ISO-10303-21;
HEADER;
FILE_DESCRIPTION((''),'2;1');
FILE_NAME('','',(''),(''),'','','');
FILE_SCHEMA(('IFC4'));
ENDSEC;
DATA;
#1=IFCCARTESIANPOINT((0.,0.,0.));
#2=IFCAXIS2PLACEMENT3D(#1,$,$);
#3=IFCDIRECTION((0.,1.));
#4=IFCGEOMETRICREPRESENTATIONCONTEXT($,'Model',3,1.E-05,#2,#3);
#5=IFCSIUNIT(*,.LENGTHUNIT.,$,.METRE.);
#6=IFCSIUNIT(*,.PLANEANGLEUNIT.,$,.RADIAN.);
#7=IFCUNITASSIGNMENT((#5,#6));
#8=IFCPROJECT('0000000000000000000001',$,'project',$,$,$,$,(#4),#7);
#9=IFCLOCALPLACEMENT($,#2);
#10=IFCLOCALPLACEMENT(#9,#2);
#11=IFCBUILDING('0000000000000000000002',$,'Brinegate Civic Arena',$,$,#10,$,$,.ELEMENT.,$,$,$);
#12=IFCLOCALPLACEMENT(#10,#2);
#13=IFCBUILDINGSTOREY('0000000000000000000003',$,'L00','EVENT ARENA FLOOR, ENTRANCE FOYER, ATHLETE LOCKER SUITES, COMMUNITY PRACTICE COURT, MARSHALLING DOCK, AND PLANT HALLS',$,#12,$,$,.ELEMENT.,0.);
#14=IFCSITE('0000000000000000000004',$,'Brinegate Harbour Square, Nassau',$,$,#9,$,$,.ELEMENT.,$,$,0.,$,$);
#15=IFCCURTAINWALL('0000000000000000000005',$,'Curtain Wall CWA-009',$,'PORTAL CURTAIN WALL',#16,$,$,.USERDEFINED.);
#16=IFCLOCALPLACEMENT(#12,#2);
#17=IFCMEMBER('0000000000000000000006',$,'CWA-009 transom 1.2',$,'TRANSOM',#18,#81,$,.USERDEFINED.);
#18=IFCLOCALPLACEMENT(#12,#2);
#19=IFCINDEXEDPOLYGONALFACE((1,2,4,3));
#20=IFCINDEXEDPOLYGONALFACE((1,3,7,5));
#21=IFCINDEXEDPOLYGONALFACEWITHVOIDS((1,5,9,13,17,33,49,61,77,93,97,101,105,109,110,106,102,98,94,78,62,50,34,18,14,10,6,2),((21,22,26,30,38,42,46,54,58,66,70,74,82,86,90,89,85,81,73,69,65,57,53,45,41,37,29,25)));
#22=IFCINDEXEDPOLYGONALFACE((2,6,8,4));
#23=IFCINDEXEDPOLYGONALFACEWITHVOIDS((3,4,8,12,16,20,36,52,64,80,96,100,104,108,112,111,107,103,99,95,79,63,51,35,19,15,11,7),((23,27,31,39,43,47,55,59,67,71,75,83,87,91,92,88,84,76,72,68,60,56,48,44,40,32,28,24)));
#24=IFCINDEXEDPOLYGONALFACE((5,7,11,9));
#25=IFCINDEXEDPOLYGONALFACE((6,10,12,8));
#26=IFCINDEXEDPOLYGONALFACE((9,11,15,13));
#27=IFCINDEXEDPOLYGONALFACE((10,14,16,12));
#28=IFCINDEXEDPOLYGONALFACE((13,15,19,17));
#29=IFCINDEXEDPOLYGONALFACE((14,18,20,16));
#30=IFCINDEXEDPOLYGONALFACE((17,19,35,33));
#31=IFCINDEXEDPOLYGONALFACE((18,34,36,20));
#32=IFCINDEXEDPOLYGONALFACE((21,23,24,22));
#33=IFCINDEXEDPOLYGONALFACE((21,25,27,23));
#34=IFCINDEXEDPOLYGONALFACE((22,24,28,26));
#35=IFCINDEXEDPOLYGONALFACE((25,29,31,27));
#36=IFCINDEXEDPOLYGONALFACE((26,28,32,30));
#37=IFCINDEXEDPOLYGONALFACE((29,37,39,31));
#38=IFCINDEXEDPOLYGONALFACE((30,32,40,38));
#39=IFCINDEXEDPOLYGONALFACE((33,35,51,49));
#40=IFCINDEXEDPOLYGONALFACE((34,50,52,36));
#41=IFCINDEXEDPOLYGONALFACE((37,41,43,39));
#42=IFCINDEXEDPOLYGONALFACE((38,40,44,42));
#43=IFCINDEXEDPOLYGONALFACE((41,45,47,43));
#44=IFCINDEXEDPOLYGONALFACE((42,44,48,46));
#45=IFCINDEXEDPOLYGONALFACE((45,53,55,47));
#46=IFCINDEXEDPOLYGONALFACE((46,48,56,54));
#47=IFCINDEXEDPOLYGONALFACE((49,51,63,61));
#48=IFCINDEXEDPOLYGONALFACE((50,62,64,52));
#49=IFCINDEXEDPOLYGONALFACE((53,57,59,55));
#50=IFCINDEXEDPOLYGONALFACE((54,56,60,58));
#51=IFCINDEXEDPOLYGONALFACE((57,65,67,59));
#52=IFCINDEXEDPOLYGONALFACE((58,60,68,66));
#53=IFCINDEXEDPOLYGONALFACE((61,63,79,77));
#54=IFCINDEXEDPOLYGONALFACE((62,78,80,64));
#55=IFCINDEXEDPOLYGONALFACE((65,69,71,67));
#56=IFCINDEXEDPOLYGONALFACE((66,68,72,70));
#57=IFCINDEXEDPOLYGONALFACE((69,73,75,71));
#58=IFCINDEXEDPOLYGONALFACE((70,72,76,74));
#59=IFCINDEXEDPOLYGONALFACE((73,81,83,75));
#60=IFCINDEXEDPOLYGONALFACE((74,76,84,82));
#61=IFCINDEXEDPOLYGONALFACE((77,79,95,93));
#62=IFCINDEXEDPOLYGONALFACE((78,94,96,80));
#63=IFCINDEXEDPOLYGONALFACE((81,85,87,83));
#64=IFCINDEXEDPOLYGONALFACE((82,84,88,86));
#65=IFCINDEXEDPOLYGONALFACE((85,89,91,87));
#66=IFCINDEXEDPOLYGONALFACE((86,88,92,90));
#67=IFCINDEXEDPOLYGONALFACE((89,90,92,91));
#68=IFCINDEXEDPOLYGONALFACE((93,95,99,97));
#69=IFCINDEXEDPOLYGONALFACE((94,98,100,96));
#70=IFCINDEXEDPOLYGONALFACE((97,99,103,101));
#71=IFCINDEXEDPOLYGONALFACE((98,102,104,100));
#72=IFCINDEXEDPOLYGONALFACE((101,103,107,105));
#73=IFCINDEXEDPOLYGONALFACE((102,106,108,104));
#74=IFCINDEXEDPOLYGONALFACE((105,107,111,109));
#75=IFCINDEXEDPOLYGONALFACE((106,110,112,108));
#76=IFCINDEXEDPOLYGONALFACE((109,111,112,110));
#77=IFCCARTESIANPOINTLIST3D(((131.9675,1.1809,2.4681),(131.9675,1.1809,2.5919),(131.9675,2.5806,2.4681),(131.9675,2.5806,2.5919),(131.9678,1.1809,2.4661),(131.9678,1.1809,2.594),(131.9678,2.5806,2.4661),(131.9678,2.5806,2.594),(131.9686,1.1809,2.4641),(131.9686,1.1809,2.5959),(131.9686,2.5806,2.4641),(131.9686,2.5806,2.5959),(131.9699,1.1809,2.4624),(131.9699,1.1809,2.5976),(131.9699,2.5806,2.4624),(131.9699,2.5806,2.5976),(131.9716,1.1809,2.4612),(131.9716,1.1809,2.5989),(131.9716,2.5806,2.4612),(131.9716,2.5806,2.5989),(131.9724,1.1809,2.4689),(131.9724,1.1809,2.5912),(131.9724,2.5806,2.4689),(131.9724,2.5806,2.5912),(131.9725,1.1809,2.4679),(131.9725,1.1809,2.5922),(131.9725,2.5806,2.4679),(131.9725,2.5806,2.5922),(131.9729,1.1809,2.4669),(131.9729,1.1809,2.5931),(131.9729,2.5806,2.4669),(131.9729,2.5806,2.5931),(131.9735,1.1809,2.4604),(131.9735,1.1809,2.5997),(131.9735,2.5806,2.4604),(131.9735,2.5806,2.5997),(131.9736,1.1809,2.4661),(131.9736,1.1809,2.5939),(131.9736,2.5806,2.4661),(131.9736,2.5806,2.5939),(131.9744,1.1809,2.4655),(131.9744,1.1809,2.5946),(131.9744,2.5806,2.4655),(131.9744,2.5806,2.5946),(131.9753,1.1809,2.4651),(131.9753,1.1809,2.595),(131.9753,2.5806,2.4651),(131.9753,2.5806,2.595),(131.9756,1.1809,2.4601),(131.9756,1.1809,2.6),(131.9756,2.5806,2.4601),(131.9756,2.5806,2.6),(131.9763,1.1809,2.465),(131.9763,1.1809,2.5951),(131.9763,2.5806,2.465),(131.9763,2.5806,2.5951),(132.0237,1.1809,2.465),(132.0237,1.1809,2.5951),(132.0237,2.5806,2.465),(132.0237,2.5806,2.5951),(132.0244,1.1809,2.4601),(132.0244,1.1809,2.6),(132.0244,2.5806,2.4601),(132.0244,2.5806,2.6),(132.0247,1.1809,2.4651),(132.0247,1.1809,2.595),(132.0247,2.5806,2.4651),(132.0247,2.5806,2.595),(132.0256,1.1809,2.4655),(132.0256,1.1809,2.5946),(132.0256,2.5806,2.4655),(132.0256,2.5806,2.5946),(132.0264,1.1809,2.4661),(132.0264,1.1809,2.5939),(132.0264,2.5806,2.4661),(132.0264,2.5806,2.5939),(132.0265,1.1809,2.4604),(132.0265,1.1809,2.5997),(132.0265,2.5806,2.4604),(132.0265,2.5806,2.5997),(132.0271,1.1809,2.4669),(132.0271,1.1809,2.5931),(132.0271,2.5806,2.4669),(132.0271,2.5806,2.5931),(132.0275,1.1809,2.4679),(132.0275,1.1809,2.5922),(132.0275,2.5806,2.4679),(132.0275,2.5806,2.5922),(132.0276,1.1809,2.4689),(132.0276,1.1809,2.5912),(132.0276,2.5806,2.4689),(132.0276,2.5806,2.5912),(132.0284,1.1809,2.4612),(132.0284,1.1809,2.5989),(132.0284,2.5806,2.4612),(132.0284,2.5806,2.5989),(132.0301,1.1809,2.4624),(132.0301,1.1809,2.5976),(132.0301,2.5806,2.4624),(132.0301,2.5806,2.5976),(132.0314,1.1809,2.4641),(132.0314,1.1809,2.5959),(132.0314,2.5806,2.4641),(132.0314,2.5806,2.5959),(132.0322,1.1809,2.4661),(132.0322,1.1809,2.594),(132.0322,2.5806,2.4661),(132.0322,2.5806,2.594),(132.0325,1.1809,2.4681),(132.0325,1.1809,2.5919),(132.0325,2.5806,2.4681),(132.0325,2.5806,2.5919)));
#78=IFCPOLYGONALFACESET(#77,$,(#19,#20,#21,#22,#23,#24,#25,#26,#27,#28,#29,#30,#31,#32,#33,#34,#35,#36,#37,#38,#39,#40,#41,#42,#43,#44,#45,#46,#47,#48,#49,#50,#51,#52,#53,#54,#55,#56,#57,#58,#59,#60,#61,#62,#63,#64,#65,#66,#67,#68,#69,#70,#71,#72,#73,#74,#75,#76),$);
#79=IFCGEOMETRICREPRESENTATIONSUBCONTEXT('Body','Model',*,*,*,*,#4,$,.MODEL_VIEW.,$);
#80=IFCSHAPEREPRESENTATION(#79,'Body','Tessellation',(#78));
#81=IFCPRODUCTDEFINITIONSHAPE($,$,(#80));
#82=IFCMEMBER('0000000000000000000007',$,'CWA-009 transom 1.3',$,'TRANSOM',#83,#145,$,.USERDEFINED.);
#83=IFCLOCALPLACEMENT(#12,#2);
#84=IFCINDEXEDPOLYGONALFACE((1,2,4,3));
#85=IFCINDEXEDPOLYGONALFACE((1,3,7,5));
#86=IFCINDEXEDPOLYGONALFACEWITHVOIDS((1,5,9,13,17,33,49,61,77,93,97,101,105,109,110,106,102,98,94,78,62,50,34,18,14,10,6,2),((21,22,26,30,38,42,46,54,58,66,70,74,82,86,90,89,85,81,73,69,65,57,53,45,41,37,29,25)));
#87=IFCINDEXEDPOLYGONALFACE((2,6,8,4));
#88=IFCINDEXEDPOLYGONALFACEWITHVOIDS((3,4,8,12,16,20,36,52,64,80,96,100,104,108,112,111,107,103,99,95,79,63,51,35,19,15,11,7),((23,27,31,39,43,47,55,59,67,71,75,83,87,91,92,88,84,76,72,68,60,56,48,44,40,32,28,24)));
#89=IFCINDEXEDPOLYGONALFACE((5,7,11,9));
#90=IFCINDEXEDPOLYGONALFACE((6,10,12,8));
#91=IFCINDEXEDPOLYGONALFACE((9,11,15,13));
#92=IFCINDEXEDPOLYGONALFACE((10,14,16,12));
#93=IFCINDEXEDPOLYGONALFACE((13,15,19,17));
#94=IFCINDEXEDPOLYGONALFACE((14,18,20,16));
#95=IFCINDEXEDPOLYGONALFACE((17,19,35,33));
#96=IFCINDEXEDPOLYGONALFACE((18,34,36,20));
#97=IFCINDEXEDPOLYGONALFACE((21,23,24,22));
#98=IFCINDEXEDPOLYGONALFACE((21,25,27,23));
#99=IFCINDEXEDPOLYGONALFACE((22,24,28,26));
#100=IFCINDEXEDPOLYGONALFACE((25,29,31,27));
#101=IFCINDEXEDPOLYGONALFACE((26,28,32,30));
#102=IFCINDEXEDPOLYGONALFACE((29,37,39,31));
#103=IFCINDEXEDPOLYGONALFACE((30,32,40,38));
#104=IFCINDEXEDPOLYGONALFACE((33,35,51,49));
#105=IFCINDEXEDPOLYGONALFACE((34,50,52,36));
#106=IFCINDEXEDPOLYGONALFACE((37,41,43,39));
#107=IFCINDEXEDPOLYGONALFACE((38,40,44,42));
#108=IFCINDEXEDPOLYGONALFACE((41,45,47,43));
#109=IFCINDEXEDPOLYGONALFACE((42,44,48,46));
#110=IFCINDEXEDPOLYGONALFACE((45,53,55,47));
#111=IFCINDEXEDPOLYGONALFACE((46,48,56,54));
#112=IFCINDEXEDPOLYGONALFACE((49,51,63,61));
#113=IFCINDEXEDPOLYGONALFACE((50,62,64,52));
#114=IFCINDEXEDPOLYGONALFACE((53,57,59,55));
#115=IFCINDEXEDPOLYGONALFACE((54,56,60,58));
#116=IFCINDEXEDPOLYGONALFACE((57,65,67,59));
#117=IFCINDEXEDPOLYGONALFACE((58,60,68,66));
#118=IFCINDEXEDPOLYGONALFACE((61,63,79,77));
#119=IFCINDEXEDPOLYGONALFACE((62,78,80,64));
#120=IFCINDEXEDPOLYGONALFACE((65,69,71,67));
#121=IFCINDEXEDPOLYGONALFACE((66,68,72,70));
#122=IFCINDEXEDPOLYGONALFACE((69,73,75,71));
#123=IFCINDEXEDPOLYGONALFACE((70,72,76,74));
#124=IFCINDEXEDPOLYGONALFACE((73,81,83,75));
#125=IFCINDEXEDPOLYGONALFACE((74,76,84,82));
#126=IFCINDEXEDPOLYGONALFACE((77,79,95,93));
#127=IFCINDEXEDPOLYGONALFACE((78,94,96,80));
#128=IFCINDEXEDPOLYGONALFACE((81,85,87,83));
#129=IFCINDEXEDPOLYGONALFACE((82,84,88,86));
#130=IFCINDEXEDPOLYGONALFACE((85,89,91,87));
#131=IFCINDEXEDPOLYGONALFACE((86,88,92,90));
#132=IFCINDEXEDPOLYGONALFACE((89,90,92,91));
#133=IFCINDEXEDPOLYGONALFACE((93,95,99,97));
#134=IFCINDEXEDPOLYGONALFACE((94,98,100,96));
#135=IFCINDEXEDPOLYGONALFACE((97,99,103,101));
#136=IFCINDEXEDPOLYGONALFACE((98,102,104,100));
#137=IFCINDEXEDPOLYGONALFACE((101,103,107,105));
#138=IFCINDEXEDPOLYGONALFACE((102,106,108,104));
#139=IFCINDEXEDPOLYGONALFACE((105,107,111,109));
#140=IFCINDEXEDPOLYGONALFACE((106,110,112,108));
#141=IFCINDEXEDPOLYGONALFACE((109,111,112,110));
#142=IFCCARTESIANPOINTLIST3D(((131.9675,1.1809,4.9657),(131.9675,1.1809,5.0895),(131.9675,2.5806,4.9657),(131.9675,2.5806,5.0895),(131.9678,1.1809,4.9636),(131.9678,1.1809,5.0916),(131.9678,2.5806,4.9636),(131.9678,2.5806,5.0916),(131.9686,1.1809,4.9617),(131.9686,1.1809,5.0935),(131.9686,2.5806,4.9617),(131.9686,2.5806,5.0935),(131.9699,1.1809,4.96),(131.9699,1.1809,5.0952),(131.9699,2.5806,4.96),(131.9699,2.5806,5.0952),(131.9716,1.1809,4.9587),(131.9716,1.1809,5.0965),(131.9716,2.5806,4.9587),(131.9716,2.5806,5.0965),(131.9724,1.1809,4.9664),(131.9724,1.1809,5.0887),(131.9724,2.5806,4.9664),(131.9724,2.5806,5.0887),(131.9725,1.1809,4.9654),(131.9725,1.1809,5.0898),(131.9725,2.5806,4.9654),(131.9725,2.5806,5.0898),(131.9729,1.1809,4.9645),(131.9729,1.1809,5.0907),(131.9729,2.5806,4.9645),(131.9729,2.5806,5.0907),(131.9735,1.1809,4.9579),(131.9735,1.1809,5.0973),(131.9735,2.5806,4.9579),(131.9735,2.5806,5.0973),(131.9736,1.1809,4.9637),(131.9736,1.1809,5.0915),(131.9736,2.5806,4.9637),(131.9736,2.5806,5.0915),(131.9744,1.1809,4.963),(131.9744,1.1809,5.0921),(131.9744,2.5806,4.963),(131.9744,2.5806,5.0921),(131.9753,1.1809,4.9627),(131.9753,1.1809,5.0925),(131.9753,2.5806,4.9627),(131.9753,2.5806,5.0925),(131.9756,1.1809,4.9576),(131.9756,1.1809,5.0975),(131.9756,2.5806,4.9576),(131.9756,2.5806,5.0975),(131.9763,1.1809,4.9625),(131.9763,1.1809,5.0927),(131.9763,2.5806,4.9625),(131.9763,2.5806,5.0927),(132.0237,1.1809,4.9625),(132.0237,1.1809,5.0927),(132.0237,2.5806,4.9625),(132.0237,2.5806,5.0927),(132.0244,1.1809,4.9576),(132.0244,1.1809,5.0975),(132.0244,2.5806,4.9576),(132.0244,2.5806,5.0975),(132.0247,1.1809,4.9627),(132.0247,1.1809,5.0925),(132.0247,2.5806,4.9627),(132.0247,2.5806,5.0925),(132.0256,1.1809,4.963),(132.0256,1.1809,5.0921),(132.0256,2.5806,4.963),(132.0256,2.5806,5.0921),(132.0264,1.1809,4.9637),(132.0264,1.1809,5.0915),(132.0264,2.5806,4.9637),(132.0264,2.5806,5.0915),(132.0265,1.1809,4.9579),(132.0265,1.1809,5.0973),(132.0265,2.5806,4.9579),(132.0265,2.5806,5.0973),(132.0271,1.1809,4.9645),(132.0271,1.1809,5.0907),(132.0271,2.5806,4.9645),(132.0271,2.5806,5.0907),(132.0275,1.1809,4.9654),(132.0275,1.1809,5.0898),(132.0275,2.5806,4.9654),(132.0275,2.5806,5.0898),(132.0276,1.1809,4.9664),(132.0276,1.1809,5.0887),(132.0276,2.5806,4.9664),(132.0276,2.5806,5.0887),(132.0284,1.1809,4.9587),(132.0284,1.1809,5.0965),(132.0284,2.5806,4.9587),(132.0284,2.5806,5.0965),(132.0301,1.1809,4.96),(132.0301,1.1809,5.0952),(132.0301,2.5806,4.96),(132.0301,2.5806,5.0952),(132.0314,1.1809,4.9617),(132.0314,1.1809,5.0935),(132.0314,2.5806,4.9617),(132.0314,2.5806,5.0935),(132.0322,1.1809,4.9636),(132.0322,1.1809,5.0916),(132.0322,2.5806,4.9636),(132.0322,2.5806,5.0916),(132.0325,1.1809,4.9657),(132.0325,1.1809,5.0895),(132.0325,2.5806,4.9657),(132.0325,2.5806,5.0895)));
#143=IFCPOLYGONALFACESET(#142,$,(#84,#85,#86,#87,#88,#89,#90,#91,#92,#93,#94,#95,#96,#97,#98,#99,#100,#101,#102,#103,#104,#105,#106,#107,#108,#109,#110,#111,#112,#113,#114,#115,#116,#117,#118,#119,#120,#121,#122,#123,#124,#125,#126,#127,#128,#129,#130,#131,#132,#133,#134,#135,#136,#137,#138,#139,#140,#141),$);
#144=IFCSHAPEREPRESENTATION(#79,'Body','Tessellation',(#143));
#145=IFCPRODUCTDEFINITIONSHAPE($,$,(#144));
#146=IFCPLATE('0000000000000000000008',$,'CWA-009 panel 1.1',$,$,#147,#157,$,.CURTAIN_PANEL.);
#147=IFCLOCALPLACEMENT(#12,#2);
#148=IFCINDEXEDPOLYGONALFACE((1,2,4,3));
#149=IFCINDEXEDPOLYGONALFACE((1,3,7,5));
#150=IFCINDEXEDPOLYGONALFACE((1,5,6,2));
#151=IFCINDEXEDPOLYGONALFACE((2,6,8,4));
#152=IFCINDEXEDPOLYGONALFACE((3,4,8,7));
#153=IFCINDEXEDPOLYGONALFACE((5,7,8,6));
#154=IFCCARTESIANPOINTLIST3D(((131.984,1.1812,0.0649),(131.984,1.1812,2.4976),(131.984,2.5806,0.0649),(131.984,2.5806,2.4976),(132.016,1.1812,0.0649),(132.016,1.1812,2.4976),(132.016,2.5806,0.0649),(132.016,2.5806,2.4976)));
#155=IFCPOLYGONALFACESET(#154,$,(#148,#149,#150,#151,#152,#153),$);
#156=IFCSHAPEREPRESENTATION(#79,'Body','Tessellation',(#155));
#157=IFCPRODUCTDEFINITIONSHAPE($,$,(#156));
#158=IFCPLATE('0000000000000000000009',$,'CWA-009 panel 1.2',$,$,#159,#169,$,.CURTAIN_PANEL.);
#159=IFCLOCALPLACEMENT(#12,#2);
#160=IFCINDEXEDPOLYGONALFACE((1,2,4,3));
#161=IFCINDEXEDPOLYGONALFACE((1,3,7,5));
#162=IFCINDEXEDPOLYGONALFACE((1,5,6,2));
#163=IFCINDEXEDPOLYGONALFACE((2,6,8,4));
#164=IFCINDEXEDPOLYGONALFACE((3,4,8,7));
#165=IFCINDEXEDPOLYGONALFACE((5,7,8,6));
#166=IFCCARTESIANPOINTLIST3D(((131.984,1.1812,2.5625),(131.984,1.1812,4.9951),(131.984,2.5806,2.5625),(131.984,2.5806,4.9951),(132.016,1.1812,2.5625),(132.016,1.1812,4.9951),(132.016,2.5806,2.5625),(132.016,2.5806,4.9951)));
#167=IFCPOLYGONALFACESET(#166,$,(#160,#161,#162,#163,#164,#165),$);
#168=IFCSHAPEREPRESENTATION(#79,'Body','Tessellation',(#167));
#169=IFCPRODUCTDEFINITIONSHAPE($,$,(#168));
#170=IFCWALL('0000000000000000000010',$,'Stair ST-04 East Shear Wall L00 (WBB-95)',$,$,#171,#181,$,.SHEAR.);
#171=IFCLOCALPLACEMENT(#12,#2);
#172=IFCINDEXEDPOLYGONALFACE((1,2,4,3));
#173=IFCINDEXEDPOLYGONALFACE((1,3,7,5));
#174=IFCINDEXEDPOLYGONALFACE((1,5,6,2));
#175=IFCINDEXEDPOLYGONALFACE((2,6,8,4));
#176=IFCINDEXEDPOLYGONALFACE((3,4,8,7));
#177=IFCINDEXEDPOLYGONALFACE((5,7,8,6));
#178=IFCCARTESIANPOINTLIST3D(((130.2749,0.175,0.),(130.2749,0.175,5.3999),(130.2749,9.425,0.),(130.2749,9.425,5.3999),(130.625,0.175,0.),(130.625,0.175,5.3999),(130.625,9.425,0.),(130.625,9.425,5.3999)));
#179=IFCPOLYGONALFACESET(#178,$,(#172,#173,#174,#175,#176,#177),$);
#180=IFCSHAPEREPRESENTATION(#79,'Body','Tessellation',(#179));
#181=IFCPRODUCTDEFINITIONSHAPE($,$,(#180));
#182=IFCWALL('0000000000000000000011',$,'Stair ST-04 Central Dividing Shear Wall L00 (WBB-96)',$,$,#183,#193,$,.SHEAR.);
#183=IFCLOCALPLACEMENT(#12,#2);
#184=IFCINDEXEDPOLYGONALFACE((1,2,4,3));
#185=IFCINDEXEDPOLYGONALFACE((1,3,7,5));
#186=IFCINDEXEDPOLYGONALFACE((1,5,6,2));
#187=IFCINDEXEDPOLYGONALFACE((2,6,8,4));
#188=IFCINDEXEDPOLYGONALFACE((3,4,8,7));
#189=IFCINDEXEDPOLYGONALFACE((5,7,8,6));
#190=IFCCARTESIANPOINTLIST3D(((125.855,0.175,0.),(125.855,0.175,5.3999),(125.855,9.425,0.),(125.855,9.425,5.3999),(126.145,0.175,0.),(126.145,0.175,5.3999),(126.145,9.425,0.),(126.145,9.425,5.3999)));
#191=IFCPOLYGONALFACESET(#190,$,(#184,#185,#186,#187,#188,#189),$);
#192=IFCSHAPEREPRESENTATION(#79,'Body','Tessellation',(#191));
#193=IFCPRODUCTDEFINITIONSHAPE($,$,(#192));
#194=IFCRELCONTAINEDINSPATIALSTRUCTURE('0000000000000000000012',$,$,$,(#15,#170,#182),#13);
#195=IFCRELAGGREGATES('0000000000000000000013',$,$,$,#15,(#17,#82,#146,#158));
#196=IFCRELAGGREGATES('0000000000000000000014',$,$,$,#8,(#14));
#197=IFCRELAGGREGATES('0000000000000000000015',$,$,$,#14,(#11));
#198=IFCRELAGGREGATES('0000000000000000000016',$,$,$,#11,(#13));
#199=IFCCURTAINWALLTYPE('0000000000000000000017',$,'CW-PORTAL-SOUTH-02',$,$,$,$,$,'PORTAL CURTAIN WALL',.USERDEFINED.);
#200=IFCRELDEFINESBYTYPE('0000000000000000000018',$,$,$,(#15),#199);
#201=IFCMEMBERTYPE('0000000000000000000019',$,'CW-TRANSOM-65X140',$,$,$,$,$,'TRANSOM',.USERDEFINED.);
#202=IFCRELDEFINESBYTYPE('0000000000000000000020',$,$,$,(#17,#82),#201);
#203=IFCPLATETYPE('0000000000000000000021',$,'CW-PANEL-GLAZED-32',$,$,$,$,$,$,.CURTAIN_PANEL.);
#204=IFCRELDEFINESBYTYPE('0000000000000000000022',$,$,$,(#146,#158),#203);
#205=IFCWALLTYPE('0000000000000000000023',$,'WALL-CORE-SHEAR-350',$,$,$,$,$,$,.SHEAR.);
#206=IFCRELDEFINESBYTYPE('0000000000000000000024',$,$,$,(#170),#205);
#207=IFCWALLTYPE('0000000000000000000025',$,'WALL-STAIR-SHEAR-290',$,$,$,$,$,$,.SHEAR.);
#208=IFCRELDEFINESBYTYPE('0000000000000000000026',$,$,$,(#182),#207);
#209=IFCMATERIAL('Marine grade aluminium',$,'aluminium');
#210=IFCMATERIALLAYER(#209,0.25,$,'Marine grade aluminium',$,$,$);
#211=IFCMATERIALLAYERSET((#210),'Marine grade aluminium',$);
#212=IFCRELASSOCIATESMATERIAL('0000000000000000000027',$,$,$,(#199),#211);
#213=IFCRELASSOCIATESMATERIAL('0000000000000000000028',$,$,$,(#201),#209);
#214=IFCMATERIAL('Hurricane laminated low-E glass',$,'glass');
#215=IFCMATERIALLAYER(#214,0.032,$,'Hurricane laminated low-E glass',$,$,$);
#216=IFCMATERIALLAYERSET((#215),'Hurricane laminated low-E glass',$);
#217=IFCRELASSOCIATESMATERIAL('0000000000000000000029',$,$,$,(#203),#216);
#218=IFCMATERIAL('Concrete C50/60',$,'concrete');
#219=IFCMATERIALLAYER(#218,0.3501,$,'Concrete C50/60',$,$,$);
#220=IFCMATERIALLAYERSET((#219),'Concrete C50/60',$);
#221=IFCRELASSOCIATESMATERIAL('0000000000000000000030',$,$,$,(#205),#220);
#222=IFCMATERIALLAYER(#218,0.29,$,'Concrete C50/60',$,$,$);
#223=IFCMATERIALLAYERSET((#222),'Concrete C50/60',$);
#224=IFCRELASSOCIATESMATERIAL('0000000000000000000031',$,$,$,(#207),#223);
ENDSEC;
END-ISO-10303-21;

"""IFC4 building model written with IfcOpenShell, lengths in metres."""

from ifc_helpers import new_model, si_unit, direction, frame, frame_2d, origin, origin_2d, place, context, subcontext, project, spatial, rectangle, hollow_rectangle, extrude, material, layer, layer_set, material_profile, profile_set, type_object, element, aggregate, save


model = new_model("IFC4")

# Units and contexts
model_context = context("Model", 3, precision=1e-05, world=origin(), true_north=direction((0.0, 1.0)))
body_context = subcontext(model_context, "Body", "Model", "MODEL_VIEW")
ifc_project = project(units=[si_unit("LENGTHUNIT", "METRE"), si_unit("PLANEANGLEUNIT", "RADIAN")], contexts=[model_context])

# Site, building, storey
site_placement = place(None, origin())
site = spatial("IfcSite", under=ifc_project, at=site_placement, Name="Brinegate Harbour Square, Nassau", CompositionType="ELEMENT", RefElevation=0.0)
building_placement = place(site_placement, origin())
building = spatial("IfcBuilding", under=site, at=building_placement, Name="Brinegate Civic Arena", CompositionType="ELEMENT")
storey_placement = place(building_placement, origin())
storey = spatial("IfcBuildingStorey", under=building, at=storey_placement, Name="L00", Description="EVENT ARENA FLOOR, ENTRANCE FOYER, ATHLETE LOCKER SUITES, COMMUNITY PRACTICE COURT, MARSHALLING DOCK, AND PLANT HALLS", CompositionType="ELEMENT", Elevation=0.0)

# Shared definitions
ifc_material_1 = material(Name="Concrete C50/60", Category="concrete")

# Curtain wall, members, plates
ifc_material_2 = material(Name="Marine grade aluminium", Category="aluminium")
ifc_layer_1 = layer(ifc_material_2, 0.25, Name="Marine grade aluminium")
ifc_layer_set_1 = layer_set([ifc_layer_1], Name="Marine grade aluminium")
curtain_wall_type = type_object("IfcCurtainWallType", Name="CW-PORTAL-SOUTH-02", ElementType="PORTAL CURTAIN WALL", PredefinedType="USERDEFINED", material=ifc_layer_set_1)
curtain_wall_placement = place(storey_placement, origin())
curtain_wall = element("IfcCurtainWall", 1, at=curtain_wall_placement, inside=storey, type_object=curtain_wall_type, Name="Curtain Wall CWA-009", ObjectType="PORTAL CURTAIN WALL", PredefinedType="USERDEFINED")
ifc_material_profile_1 = material_profile(ifc_material_2, hollow_rectangle(XDim=0.0649, YDim=0.1399, WallThickness=0.0049, InnerFilletRadius=0.0039, OuterFilletRadius=0.0081, at=origin_2d()), Name="TRN65X140")
ifc_profile_set_1 = profile_set([ifc_material_profile_1], Name="Marine grade aluminium")
member_type_1 = type_object("IfcMemberType", Name="CW-TRANSOM-65X140", ElementType="TRANSOM", PredefinedType="USERDEFINED", material=ifc_profile_set_1)
member_1_placement = place(storey_placement, frame((132.0, 1.1809, 2.53), z_axis=(0.0, 1.0, 0.0), x_axis=(-1.0, 0.0, 0.0)))
member_1 = element("IfcMember", 2, at=member_1_placement, type_object=member_type_1, Name="CWA-009 transom 1.2", ObjectType="TRANSOM", PredefinedType="USERDEFINED", context=body_context, shape_type="SweptSolid", body=[
    extrude(hollow_rectangle(XDim=0.0649, YDim=0.1399, WallThickness=0.0049, InnerFilletRadius=0.0039, OuterFilletRadius=0.0081, at=origin_2d()), origin(), (0.0, 0.0, 1.0), 1.3997),
])
member_2_placement = place(storey_placement, frame((132.0, 1.1809, 5.0276), z_axis=(0.0, 1.0, 0.0), x_axis=(-1.0, 0.0, 0.0)))
member_2 = element("IfcMember", 3, at=member_2_placement, type_object=member_type_1, Name="CWA-009 transom 1.3", ObjectType="TRANSOM", PredefinedType="USERDEFINED", context=body_context, shape_type="SweptSolid", body=[
    extrude(hollow_rectangle(XDim=0.0649, YDim=0.1399, WallThickness=0.0049, InnerFilletRadius=0.0039, OuterFilletRadius=0.0081, at=origin_2d()), origin(), (0.0, 0.0, 1.0), 1.3997),
])
ifc_material_3 = material(Name="Hurricane laminated low-E glass", Category="glass")
ifc_layer_2 = layer(ifc_material_3, 0.032, Name="Hurricane laminated low-E glass")
ifc_layer_set_2 = layer_set([ifc_layer_2], Name="Hurricane laminated low-E glass")
plate_type = type_object("IfcPlateType", Name="CW-PANEL-GLAZED-32", PredefinedType="CURTAIN_PANEL", material=ifc_layer_set_2)
plate_1_placement = place(storey_placement, frame((132.0, 1.8809, 0.0649), z_axis=(0.0, 0.0, 1.0), x_axis=(0.0, 1.0, 0.0)))
plate_1 = element("IfcPlate", 4, at=plate_1_placement, type_object=plate_type, Name="CWA-009 panel 1.1", PredefinedType="CURTAIN_PANEL", context=body_context, shape_type="SweptSolid", body=[
    extrude(rectangle(XDim=1.3994, YDim=0.032, at=origin_2d()), origin(), (0.0, 0.0, 1.0), 2.4326),
])
plate_2_placement = place(storey_placement, frame((132.0, 1.8809, 2.5625), z_axis=(0.0, 0.0, 1.0), x_axis=(0.0, 1.0, 0.0)))
plate_2 = element("IfcPlate", 5, at=plate_2_placement, type_object=plate_type, Name="CWA-009 panel 1.2", PredefinedType="CURTAIN_PANEL", context=body_context, shape_type="SweptSolid", body=[
    extrude(rectangle(XDim=1.3994, YDim=0.032, at=origin_2d()), origin(), (0.0, 0.0, 1.0), 2.4326),
])
aggregate(curtain_wall, [member_1, member_2, plate_1, plate_2])

# Walls
ifc_layer_3 = layer(ifc_material_1, 0.3501, Name="Concrete C50/60")
ifc_layer_set_3 = layer_set([ifc_layer_3], Name="Concrete C50/60")
wall_type_1 = type_object("IfcWallType", Name="WALL-CORE-SHEAR-350", PredefinedType="SHEAR", material=ifc_layer_set_3)
wall_1_placement = place(storey_placement, frame((130.45, 0.175, 0.0), z_axis=(0.0, 0.0, 1.0), x_axis=(0.0, 1.0, 0.0)))
element("IfcWall", 6, at=wall_1_placement, inside=storey, type_object=wall_type_1, Name="Stair ST-04 East Shear Wall L00 (WBB-95)", PredefinedType="SHEAR", context=body_context, shape_type="SweptSolid", body=[
    extrude(rectangle(XDim=9.25, YDim=0.3501, at=frame_2d((4.625, 0.0))), origin(), (0.0, 0.0, 1.0), 5.3999),
])
ifc_layer_4 = layer(ifc_material_1, 0.29, Name="Concrete C50/60")
ifc_layer_set_4 = layer_set([ifc_layer_4], Name="Concrete C50/60")
wall_type_2 = type_object("IfcWallType", Name="WALL-STAIR-SHEAR-290", PredefinedType="SHEAR", material=ifc_layer_set_4)
wall_2_placement = place(storey_placement, frame((126.0, 0.175, 0.0), z_axis=(0.0, 0.0, 1.0), x_axis=(0.0, 1.0, 0.0)))
element("IfcWall", 7, at=wall_2_placement, inside=storey, type_object=wall_type_2, Name="Stair ST-04 Central Dividing Shear Wall L00 (WBB-96)", PredefinedType="SHEAR", context=body_context, shape_type="SweptSolid", body=[
    extrude(rectangle(XDim=9.25, YDim=0.29, at=frame_2d((4.625, 0.0))), origin(), (0.0, 0.0, 1.0), 5.3999),
])

save(model, "model.ifc")
